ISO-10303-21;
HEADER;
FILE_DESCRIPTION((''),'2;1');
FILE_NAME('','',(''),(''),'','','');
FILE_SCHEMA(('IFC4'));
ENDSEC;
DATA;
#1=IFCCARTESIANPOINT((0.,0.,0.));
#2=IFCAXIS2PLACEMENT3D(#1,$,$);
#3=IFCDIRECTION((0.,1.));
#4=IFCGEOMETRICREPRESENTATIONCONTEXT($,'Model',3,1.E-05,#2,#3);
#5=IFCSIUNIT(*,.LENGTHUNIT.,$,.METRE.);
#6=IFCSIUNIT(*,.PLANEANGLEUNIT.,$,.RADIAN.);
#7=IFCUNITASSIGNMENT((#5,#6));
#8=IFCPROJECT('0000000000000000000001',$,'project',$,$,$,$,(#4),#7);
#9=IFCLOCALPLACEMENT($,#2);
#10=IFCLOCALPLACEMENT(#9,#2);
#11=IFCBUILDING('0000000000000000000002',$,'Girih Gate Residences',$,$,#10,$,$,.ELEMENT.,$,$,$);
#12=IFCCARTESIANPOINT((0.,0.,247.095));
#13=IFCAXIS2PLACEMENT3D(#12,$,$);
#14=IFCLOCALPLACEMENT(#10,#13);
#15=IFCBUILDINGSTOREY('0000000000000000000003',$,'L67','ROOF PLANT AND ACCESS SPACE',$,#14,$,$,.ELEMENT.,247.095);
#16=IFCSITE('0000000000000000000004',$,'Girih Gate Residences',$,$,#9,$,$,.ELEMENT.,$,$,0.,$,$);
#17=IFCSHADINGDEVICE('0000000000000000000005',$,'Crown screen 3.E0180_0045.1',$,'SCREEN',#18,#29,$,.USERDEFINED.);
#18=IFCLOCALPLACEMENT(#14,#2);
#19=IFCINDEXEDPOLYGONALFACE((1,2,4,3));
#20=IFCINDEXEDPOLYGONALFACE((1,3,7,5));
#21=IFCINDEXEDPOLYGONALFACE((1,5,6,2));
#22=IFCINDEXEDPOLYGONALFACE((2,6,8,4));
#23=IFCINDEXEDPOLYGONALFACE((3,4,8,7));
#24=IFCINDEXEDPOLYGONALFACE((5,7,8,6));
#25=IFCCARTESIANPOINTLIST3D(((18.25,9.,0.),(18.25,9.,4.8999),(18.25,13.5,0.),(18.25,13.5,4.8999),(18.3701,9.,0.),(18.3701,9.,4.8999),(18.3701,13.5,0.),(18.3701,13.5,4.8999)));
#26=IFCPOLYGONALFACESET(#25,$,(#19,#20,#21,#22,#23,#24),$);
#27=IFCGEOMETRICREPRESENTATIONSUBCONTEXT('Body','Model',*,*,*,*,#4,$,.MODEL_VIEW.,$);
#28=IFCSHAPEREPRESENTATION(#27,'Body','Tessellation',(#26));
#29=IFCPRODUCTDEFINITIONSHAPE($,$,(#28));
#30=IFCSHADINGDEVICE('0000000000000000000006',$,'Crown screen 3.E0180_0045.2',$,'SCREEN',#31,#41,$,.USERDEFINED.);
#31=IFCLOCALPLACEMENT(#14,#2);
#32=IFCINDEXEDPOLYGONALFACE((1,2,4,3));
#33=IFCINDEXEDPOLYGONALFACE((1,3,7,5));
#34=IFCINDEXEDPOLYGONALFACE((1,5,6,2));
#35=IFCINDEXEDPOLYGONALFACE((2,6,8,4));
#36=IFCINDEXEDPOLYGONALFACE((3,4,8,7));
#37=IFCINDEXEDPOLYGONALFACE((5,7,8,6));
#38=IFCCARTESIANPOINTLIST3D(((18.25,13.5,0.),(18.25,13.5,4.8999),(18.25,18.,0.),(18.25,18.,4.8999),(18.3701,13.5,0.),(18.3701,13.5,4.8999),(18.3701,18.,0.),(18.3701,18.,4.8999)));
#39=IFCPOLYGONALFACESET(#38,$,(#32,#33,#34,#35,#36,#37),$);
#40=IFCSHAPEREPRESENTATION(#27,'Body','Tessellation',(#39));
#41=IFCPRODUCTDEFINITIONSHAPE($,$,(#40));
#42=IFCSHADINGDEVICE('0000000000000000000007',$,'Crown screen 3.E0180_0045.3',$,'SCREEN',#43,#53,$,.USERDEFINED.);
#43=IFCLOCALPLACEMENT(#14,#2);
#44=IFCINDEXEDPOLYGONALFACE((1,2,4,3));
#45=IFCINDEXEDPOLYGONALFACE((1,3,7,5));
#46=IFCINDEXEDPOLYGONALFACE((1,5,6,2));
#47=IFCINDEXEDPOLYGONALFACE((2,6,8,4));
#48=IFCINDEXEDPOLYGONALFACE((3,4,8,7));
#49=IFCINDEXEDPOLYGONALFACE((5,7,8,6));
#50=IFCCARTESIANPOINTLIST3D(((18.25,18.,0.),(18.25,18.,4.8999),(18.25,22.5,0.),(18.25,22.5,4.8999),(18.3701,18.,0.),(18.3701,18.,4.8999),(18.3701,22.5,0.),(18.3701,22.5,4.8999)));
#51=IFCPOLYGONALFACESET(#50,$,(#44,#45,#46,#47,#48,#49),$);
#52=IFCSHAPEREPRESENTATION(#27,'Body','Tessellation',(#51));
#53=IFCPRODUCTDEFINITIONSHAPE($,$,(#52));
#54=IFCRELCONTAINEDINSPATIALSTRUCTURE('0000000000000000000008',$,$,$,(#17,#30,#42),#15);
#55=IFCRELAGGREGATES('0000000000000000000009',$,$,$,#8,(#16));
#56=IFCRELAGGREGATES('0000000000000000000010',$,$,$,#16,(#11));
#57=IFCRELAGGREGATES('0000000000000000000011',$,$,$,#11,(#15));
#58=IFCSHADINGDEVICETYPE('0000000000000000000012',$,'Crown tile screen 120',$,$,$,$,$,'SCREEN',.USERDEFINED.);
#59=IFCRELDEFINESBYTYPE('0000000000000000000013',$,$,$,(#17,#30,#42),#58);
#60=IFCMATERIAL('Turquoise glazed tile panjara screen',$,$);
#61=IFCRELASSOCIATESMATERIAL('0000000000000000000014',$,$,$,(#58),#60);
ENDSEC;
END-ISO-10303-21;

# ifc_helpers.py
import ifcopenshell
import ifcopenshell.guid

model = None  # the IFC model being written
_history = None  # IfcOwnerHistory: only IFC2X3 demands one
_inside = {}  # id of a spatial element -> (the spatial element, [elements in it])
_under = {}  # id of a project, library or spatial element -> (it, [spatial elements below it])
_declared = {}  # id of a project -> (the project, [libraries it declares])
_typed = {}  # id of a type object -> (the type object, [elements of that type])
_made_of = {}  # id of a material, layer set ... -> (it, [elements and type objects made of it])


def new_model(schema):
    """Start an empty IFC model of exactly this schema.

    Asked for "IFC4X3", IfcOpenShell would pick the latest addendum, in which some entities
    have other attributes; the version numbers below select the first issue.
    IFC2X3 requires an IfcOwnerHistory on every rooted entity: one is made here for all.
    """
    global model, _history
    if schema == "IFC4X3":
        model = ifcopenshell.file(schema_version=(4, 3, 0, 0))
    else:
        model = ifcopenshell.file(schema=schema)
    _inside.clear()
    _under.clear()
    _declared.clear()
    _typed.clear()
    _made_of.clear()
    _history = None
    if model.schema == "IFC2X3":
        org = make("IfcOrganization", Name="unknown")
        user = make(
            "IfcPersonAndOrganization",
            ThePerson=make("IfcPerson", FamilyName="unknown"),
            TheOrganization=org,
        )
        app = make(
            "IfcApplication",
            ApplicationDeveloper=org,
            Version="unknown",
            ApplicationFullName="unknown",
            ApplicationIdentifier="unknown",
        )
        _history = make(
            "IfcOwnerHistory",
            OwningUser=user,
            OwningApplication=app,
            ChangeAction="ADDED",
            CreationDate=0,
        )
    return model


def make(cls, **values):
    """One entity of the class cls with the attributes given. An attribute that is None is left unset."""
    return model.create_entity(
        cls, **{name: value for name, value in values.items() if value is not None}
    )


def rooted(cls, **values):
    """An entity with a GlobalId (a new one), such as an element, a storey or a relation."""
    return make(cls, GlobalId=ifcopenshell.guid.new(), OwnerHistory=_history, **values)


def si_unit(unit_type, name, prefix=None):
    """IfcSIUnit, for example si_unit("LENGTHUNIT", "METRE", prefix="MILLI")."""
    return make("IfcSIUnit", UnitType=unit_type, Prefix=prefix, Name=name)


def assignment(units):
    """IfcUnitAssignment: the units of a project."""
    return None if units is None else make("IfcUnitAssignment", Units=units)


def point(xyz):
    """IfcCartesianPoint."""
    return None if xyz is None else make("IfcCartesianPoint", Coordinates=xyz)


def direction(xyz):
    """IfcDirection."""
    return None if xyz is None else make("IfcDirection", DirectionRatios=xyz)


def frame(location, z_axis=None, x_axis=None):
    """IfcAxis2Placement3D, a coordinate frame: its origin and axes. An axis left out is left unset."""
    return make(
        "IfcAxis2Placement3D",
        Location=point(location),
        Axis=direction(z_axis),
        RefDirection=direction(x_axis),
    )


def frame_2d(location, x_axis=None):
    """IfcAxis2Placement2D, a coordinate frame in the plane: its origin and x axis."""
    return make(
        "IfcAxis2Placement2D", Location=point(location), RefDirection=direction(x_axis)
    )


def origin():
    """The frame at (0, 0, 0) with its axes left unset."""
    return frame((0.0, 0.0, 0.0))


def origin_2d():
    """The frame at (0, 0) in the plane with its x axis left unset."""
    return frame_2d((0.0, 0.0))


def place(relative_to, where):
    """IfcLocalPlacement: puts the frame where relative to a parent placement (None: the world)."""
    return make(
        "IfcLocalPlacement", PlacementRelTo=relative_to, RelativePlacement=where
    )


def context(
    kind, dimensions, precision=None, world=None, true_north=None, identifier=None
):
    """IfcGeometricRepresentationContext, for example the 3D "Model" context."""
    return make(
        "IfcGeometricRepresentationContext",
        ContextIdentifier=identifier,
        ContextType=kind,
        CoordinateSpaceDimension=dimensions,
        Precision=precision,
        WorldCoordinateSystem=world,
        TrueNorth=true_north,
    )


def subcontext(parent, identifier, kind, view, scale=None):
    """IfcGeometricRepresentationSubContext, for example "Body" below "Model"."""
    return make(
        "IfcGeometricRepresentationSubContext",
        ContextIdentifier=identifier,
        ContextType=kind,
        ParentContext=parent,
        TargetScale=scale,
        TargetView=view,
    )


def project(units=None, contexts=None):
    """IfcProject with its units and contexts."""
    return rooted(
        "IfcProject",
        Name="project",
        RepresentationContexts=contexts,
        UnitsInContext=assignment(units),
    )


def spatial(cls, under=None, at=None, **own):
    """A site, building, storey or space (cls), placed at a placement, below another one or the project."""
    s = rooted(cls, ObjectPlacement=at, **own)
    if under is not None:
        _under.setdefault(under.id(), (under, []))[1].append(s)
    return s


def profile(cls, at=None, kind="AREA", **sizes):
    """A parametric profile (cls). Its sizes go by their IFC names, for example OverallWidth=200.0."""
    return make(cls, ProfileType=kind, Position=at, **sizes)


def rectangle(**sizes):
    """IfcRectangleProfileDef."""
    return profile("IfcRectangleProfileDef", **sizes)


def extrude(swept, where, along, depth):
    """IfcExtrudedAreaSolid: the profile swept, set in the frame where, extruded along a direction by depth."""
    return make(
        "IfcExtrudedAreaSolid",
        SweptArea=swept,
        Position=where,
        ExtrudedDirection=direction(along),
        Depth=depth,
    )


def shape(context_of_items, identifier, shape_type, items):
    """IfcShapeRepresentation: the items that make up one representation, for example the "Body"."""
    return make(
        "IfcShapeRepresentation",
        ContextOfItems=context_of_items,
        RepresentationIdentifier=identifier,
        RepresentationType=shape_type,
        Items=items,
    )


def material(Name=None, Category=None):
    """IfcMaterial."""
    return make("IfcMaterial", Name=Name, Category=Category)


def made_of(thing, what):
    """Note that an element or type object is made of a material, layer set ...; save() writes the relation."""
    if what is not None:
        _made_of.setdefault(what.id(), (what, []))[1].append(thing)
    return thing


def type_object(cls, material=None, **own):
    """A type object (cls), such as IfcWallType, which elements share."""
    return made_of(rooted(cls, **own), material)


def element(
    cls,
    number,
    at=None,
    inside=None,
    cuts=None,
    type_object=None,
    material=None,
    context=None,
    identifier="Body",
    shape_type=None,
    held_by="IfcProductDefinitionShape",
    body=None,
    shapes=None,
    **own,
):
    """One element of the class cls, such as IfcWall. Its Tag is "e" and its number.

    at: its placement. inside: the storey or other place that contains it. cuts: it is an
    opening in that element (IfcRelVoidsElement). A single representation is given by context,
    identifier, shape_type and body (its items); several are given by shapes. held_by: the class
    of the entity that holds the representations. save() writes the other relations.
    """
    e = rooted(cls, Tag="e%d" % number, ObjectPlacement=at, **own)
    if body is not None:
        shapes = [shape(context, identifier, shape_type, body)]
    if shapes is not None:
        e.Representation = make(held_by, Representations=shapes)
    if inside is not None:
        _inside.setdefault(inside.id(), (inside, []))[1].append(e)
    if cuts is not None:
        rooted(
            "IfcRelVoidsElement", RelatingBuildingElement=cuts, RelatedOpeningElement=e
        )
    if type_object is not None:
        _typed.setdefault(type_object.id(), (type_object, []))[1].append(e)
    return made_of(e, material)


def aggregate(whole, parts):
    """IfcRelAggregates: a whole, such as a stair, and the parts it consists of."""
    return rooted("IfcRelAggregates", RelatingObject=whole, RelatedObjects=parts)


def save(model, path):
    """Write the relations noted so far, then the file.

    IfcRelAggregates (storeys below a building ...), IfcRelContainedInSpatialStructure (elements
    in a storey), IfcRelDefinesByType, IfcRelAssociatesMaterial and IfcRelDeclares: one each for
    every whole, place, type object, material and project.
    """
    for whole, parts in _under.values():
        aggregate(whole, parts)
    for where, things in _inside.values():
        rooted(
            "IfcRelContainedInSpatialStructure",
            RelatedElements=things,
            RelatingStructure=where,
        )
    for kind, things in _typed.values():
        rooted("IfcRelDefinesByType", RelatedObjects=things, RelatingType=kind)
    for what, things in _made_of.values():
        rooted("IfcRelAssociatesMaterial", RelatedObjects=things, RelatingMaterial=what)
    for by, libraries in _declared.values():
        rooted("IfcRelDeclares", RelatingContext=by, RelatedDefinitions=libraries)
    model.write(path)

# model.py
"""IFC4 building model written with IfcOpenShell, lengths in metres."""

from ifc_helpers import new_model, si_unit, direction, frame, origin, origin_2d, place, context, subcontext, project, spatial, rectangle, extrude, material, type_object, element, save


model = new_model("IFC4")

# Units and contexts
model_context = context("Model", 3, precision=1e-05, world=origin(), true_north=direction((0.0, 1.0)))
body_context = subcontext(model_context, "Body", "Model", "MODEL_VIEW")
ifc_project = project(units=[si_unit("LENGTHUNIT", "METRE"), si_unit("PLANEANGLEUNIT", "RADIAN")], contexts=[model_context])

# Site, building, storey
site_placement = place(None, origin())
site = spatial("IfcSite", under=ifc_project, at=site_placement, Name="Girih Gate Residences", CompositionType="ELEMENT", RefElevation=0.0)
building_placement = place(site_placement, origin())
building = spatial("IfcBuilding", under=site, at=building_placement, Name="Girih Gate Residences", CompositionType="ELEMENT")
storey_placement = place(building_placement, frame((0.0, 0.0, 247.095)))
storey = spatial("IfcBuildingStorey", under=building, at=storey_placement, Name="L67", Description="ROOF PLANT AND ACCESS SPACE", CompositionType="ELEMENT", Elevation=247.095)

# Shading devices
ifc_material_1 = material(Name="Turquoise glazed tile panjara screen")
shading_device_type_1 = type_object("IfcShadingDeviceType", Name="Crown tile screen 120", ElementType="SCREEN", PredefinedType="USERDEFINED", material=ifc_material_1)
for number, where, z_axis, x_axis, name in (
    (1, (18.3101, 11.25, 0.0), (0.0, 0.0, 1.0), (0.0, 1.0, 0.0), "Crown screen 3.E0180_0045.1"),
    (2, (18.3101, 15.75, 0.0), (0.0, 0.0, 1.0), (0.0, 1.0, 0.0), "Crown screen 3.E0180_0045.2"),
    (3, (18.3101, 20.25, 0.0), (0.0, 0.0, 1.0), (0.0, 1.0, 0.0), "Crown screen 3.E0180_0045.3"),
):
    element("IfcShadingDevice", number, at=place(storey_placement, frame(where, z_axis=z_axis, x_axis=x_axis)), inside=storey, type_object=shading_device_type_1, Name=name, ObjectType="SCREEN", PredefinedType="USERDEFINED", context=body_context, shape_type="SweptSolid", body=[
        extrude(rectangle(XDim=4.5, YDim=0.1201, at=origin_2d()), origin(), (0.0, 0.0, 1.0), 4.8999),
    ])

save(model, "model.ifc")
